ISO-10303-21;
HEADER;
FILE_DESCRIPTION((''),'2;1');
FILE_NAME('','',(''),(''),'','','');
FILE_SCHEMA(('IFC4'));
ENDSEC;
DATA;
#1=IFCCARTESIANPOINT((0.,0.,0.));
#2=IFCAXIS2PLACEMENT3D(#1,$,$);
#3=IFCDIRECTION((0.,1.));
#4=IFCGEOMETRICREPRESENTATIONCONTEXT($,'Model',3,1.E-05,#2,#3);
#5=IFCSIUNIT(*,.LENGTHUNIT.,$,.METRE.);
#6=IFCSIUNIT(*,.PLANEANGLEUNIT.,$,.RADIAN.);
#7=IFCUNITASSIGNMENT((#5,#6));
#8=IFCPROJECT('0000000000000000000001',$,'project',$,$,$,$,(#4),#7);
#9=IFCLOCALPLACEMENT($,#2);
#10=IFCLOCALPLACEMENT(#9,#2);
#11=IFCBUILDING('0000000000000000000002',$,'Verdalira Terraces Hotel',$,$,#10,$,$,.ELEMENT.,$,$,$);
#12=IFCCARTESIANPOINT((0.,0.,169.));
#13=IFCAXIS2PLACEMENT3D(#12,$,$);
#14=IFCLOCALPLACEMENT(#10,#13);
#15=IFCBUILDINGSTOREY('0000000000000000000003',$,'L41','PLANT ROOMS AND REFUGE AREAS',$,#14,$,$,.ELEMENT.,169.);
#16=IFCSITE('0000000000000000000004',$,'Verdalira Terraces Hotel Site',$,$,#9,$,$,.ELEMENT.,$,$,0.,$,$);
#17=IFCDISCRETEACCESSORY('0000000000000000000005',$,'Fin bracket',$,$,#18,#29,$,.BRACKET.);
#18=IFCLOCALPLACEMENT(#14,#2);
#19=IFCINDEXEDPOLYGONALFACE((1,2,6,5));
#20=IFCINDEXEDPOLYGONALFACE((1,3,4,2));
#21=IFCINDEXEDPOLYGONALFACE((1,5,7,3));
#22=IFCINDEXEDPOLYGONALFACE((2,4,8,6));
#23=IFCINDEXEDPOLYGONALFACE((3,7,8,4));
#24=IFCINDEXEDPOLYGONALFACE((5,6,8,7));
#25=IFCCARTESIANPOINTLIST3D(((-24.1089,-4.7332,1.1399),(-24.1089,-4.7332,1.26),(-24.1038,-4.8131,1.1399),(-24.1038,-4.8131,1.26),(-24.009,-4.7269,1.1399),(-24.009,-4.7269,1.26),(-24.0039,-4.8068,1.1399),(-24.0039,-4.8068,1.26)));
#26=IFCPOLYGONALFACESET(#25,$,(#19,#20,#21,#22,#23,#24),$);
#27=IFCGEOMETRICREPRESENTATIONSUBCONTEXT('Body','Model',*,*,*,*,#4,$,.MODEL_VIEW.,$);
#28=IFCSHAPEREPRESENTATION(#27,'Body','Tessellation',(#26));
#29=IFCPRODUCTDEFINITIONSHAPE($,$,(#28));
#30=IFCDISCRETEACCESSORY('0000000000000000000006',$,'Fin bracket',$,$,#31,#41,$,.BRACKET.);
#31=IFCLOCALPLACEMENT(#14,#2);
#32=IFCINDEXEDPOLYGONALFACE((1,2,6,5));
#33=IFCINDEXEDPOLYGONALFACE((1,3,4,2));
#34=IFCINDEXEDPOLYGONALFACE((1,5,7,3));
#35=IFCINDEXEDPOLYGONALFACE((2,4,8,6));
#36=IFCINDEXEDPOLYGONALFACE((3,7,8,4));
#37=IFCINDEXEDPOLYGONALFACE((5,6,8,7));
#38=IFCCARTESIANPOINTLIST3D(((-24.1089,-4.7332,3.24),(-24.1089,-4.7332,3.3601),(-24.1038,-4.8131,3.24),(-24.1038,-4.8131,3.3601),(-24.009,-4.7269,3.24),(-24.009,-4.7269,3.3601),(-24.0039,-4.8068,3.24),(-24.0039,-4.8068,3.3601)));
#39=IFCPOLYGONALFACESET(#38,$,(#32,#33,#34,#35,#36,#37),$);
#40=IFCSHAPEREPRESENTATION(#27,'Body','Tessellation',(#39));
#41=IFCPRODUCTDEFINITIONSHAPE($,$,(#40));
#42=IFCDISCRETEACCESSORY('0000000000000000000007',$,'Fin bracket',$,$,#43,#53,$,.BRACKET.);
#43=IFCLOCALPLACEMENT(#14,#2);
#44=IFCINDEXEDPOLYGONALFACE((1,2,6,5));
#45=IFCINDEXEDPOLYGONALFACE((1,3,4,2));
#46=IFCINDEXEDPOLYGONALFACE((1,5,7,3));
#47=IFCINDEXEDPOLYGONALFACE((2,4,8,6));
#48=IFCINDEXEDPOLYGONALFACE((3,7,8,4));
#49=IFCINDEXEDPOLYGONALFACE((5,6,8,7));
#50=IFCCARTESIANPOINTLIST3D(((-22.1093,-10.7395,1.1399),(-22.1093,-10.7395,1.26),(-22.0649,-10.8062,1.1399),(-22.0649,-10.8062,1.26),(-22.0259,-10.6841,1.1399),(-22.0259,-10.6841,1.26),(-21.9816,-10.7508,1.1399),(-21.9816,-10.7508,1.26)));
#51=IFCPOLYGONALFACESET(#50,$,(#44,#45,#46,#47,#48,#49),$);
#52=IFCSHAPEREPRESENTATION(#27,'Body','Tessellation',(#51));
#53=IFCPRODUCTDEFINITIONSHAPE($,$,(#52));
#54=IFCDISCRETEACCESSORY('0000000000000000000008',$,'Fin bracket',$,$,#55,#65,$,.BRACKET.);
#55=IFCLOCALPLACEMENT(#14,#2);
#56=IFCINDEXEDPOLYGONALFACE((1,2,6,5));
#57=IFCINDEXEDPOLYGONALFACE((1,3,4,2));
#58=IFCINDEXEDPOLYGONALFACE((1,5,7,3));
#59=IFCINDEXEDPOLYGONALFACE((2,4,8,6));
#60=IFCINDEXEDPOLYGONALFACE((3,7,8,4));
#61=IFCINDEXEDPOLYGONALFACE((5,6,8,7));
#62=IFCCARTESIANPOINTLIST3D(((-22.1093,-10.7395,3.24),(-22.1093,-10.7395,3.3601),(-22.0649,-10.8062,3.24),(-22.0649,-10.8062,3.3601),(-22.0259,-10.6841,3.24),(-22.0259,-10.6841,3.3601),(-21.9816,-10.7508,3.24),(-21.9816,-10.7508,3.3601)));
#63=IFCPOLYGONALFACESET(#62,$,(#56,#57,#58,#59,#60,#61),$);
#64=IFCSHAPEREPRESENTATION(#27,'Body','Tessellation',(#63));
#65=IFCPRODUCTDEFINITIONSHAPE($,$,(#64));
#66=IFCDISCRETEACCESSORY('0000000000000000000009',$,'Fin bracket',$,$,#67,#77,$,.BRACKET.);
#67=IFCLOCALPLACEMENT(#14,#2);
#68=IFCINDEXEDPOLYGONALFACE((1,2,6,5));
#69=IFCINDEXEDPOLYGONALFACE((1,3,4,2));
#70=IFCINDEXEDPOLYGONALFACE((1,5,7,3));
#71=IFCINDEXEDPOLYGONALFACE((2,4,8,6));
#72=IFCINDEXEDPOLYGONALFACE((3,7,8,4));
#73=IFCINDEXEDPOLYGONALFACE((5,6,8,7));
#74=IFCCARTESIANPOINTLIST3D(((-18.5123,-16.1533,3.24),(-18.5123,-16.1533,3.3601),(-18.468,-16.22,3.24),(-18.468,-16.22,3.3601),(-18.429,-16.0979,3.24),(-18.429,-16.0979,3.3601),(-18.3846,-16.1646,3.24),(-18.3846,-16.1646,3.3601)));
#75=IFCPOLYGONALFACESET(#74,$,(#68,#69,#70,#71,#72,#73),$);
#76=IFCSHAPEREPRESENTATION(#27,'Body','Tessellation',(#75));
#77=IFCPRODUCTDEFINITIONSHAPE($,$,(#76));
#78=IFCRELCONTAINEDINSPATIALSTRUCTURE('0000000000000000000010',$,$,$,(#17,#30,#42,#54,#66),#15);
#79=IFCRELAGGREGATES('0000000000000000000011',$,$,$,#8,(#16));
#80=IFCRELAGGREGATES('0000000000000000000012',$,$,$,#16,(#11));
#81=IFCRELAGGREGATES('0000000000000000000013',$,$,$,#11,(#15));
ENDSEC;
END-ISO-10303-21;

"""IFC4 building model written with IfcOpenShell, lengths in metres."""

from ifc_helpers import new_model, si_unit, direction, frame, origin, origin_2d, place, context, subcontext, project, spatial, rectangle, extrude, element, save


model = new_model("IFC4")

# Units and contexts
model_context = context("Model", 3, precision=1e-05, world=origin(), true_north=direction((0.0, 1.0)))
body_context = subcontext(model_context, "Body", "Model", "MODEL_VIEW")
ifc_project = project(units=[si_unit("LENGTHUNIT", "METRE"), si_unit("PLANEANGLEUNIT", "RADIAN")], contexts=[model_context])

# Site, building, storey
site_placement = place(None, origin())
site = spatial("IfcSite", under=ifc_project, at=site_placement, Name="Verdalira Terraces Hotel Site", CompositionType="ELEMENT", RefElevation=0.0)
building_placement = place(site_placement, origin())
building = spatial("IfcBuilding", under=site, at=building_placement, Name="Verdalira Terraces Hotel", CompositionType="ELEMENT")
storey_placement = place(building_placement, frame((0.0, 0.0, 169.0)))
storey = spatial("IfcBuildingStorey", under=building, at=storey_placement, Name="L41", Description="PLANT ROOMS AND REFUGE AREAS", CompositionType="ELEMENT", Elevation=169.0)

# Discrete accessories
for number, where, z_axis, x_axis, name in (
    (1, (-24.0564, -4.77, 1.1399), (0.0, 0.0, 1.0), (0.062791, -0.998027, 0.0), "Fin bracket"),
    (2, (-24.0564, -4.77, 3.24), (0.0, 0.0, 1.0), (0.062791, -0.998027, 0.0), "Fin bracket"),
    (3, (-22.0454, -10.7451, 1.1399), (0.0, 0.0, 1.0), (0.553392, -0.832921, 0.0), "Fin bracket"),
    (4, (-22.0454, -10.7451, 3.24), (0.0, 0.0, 1.0), (0.553392, -0.832921, 0.0), "Fin bracket"),
    (5, (-18.4485, -16.1589, 3.24), (0.0, 0.0, 1.0), (0.553392, -0.832921, 0.0), "Fin bracket"),
):
    element("IfcDiscreteAccessory", number, at=place(storey_placement, frame(where, z_axis=z_axis, x_axis=x_axis)), inside=storey, Name=name, PredefinedType="BRACKET", context=body_context, shape_type="SweptSolid", body=[
        extrude(rectangle(XDim=0.0801, YDim=0.1001, at=origin_2d()), origin(), (0.0, 0.0, 1.0), 0.1201),
    ])

save(model, "model.ifc")
